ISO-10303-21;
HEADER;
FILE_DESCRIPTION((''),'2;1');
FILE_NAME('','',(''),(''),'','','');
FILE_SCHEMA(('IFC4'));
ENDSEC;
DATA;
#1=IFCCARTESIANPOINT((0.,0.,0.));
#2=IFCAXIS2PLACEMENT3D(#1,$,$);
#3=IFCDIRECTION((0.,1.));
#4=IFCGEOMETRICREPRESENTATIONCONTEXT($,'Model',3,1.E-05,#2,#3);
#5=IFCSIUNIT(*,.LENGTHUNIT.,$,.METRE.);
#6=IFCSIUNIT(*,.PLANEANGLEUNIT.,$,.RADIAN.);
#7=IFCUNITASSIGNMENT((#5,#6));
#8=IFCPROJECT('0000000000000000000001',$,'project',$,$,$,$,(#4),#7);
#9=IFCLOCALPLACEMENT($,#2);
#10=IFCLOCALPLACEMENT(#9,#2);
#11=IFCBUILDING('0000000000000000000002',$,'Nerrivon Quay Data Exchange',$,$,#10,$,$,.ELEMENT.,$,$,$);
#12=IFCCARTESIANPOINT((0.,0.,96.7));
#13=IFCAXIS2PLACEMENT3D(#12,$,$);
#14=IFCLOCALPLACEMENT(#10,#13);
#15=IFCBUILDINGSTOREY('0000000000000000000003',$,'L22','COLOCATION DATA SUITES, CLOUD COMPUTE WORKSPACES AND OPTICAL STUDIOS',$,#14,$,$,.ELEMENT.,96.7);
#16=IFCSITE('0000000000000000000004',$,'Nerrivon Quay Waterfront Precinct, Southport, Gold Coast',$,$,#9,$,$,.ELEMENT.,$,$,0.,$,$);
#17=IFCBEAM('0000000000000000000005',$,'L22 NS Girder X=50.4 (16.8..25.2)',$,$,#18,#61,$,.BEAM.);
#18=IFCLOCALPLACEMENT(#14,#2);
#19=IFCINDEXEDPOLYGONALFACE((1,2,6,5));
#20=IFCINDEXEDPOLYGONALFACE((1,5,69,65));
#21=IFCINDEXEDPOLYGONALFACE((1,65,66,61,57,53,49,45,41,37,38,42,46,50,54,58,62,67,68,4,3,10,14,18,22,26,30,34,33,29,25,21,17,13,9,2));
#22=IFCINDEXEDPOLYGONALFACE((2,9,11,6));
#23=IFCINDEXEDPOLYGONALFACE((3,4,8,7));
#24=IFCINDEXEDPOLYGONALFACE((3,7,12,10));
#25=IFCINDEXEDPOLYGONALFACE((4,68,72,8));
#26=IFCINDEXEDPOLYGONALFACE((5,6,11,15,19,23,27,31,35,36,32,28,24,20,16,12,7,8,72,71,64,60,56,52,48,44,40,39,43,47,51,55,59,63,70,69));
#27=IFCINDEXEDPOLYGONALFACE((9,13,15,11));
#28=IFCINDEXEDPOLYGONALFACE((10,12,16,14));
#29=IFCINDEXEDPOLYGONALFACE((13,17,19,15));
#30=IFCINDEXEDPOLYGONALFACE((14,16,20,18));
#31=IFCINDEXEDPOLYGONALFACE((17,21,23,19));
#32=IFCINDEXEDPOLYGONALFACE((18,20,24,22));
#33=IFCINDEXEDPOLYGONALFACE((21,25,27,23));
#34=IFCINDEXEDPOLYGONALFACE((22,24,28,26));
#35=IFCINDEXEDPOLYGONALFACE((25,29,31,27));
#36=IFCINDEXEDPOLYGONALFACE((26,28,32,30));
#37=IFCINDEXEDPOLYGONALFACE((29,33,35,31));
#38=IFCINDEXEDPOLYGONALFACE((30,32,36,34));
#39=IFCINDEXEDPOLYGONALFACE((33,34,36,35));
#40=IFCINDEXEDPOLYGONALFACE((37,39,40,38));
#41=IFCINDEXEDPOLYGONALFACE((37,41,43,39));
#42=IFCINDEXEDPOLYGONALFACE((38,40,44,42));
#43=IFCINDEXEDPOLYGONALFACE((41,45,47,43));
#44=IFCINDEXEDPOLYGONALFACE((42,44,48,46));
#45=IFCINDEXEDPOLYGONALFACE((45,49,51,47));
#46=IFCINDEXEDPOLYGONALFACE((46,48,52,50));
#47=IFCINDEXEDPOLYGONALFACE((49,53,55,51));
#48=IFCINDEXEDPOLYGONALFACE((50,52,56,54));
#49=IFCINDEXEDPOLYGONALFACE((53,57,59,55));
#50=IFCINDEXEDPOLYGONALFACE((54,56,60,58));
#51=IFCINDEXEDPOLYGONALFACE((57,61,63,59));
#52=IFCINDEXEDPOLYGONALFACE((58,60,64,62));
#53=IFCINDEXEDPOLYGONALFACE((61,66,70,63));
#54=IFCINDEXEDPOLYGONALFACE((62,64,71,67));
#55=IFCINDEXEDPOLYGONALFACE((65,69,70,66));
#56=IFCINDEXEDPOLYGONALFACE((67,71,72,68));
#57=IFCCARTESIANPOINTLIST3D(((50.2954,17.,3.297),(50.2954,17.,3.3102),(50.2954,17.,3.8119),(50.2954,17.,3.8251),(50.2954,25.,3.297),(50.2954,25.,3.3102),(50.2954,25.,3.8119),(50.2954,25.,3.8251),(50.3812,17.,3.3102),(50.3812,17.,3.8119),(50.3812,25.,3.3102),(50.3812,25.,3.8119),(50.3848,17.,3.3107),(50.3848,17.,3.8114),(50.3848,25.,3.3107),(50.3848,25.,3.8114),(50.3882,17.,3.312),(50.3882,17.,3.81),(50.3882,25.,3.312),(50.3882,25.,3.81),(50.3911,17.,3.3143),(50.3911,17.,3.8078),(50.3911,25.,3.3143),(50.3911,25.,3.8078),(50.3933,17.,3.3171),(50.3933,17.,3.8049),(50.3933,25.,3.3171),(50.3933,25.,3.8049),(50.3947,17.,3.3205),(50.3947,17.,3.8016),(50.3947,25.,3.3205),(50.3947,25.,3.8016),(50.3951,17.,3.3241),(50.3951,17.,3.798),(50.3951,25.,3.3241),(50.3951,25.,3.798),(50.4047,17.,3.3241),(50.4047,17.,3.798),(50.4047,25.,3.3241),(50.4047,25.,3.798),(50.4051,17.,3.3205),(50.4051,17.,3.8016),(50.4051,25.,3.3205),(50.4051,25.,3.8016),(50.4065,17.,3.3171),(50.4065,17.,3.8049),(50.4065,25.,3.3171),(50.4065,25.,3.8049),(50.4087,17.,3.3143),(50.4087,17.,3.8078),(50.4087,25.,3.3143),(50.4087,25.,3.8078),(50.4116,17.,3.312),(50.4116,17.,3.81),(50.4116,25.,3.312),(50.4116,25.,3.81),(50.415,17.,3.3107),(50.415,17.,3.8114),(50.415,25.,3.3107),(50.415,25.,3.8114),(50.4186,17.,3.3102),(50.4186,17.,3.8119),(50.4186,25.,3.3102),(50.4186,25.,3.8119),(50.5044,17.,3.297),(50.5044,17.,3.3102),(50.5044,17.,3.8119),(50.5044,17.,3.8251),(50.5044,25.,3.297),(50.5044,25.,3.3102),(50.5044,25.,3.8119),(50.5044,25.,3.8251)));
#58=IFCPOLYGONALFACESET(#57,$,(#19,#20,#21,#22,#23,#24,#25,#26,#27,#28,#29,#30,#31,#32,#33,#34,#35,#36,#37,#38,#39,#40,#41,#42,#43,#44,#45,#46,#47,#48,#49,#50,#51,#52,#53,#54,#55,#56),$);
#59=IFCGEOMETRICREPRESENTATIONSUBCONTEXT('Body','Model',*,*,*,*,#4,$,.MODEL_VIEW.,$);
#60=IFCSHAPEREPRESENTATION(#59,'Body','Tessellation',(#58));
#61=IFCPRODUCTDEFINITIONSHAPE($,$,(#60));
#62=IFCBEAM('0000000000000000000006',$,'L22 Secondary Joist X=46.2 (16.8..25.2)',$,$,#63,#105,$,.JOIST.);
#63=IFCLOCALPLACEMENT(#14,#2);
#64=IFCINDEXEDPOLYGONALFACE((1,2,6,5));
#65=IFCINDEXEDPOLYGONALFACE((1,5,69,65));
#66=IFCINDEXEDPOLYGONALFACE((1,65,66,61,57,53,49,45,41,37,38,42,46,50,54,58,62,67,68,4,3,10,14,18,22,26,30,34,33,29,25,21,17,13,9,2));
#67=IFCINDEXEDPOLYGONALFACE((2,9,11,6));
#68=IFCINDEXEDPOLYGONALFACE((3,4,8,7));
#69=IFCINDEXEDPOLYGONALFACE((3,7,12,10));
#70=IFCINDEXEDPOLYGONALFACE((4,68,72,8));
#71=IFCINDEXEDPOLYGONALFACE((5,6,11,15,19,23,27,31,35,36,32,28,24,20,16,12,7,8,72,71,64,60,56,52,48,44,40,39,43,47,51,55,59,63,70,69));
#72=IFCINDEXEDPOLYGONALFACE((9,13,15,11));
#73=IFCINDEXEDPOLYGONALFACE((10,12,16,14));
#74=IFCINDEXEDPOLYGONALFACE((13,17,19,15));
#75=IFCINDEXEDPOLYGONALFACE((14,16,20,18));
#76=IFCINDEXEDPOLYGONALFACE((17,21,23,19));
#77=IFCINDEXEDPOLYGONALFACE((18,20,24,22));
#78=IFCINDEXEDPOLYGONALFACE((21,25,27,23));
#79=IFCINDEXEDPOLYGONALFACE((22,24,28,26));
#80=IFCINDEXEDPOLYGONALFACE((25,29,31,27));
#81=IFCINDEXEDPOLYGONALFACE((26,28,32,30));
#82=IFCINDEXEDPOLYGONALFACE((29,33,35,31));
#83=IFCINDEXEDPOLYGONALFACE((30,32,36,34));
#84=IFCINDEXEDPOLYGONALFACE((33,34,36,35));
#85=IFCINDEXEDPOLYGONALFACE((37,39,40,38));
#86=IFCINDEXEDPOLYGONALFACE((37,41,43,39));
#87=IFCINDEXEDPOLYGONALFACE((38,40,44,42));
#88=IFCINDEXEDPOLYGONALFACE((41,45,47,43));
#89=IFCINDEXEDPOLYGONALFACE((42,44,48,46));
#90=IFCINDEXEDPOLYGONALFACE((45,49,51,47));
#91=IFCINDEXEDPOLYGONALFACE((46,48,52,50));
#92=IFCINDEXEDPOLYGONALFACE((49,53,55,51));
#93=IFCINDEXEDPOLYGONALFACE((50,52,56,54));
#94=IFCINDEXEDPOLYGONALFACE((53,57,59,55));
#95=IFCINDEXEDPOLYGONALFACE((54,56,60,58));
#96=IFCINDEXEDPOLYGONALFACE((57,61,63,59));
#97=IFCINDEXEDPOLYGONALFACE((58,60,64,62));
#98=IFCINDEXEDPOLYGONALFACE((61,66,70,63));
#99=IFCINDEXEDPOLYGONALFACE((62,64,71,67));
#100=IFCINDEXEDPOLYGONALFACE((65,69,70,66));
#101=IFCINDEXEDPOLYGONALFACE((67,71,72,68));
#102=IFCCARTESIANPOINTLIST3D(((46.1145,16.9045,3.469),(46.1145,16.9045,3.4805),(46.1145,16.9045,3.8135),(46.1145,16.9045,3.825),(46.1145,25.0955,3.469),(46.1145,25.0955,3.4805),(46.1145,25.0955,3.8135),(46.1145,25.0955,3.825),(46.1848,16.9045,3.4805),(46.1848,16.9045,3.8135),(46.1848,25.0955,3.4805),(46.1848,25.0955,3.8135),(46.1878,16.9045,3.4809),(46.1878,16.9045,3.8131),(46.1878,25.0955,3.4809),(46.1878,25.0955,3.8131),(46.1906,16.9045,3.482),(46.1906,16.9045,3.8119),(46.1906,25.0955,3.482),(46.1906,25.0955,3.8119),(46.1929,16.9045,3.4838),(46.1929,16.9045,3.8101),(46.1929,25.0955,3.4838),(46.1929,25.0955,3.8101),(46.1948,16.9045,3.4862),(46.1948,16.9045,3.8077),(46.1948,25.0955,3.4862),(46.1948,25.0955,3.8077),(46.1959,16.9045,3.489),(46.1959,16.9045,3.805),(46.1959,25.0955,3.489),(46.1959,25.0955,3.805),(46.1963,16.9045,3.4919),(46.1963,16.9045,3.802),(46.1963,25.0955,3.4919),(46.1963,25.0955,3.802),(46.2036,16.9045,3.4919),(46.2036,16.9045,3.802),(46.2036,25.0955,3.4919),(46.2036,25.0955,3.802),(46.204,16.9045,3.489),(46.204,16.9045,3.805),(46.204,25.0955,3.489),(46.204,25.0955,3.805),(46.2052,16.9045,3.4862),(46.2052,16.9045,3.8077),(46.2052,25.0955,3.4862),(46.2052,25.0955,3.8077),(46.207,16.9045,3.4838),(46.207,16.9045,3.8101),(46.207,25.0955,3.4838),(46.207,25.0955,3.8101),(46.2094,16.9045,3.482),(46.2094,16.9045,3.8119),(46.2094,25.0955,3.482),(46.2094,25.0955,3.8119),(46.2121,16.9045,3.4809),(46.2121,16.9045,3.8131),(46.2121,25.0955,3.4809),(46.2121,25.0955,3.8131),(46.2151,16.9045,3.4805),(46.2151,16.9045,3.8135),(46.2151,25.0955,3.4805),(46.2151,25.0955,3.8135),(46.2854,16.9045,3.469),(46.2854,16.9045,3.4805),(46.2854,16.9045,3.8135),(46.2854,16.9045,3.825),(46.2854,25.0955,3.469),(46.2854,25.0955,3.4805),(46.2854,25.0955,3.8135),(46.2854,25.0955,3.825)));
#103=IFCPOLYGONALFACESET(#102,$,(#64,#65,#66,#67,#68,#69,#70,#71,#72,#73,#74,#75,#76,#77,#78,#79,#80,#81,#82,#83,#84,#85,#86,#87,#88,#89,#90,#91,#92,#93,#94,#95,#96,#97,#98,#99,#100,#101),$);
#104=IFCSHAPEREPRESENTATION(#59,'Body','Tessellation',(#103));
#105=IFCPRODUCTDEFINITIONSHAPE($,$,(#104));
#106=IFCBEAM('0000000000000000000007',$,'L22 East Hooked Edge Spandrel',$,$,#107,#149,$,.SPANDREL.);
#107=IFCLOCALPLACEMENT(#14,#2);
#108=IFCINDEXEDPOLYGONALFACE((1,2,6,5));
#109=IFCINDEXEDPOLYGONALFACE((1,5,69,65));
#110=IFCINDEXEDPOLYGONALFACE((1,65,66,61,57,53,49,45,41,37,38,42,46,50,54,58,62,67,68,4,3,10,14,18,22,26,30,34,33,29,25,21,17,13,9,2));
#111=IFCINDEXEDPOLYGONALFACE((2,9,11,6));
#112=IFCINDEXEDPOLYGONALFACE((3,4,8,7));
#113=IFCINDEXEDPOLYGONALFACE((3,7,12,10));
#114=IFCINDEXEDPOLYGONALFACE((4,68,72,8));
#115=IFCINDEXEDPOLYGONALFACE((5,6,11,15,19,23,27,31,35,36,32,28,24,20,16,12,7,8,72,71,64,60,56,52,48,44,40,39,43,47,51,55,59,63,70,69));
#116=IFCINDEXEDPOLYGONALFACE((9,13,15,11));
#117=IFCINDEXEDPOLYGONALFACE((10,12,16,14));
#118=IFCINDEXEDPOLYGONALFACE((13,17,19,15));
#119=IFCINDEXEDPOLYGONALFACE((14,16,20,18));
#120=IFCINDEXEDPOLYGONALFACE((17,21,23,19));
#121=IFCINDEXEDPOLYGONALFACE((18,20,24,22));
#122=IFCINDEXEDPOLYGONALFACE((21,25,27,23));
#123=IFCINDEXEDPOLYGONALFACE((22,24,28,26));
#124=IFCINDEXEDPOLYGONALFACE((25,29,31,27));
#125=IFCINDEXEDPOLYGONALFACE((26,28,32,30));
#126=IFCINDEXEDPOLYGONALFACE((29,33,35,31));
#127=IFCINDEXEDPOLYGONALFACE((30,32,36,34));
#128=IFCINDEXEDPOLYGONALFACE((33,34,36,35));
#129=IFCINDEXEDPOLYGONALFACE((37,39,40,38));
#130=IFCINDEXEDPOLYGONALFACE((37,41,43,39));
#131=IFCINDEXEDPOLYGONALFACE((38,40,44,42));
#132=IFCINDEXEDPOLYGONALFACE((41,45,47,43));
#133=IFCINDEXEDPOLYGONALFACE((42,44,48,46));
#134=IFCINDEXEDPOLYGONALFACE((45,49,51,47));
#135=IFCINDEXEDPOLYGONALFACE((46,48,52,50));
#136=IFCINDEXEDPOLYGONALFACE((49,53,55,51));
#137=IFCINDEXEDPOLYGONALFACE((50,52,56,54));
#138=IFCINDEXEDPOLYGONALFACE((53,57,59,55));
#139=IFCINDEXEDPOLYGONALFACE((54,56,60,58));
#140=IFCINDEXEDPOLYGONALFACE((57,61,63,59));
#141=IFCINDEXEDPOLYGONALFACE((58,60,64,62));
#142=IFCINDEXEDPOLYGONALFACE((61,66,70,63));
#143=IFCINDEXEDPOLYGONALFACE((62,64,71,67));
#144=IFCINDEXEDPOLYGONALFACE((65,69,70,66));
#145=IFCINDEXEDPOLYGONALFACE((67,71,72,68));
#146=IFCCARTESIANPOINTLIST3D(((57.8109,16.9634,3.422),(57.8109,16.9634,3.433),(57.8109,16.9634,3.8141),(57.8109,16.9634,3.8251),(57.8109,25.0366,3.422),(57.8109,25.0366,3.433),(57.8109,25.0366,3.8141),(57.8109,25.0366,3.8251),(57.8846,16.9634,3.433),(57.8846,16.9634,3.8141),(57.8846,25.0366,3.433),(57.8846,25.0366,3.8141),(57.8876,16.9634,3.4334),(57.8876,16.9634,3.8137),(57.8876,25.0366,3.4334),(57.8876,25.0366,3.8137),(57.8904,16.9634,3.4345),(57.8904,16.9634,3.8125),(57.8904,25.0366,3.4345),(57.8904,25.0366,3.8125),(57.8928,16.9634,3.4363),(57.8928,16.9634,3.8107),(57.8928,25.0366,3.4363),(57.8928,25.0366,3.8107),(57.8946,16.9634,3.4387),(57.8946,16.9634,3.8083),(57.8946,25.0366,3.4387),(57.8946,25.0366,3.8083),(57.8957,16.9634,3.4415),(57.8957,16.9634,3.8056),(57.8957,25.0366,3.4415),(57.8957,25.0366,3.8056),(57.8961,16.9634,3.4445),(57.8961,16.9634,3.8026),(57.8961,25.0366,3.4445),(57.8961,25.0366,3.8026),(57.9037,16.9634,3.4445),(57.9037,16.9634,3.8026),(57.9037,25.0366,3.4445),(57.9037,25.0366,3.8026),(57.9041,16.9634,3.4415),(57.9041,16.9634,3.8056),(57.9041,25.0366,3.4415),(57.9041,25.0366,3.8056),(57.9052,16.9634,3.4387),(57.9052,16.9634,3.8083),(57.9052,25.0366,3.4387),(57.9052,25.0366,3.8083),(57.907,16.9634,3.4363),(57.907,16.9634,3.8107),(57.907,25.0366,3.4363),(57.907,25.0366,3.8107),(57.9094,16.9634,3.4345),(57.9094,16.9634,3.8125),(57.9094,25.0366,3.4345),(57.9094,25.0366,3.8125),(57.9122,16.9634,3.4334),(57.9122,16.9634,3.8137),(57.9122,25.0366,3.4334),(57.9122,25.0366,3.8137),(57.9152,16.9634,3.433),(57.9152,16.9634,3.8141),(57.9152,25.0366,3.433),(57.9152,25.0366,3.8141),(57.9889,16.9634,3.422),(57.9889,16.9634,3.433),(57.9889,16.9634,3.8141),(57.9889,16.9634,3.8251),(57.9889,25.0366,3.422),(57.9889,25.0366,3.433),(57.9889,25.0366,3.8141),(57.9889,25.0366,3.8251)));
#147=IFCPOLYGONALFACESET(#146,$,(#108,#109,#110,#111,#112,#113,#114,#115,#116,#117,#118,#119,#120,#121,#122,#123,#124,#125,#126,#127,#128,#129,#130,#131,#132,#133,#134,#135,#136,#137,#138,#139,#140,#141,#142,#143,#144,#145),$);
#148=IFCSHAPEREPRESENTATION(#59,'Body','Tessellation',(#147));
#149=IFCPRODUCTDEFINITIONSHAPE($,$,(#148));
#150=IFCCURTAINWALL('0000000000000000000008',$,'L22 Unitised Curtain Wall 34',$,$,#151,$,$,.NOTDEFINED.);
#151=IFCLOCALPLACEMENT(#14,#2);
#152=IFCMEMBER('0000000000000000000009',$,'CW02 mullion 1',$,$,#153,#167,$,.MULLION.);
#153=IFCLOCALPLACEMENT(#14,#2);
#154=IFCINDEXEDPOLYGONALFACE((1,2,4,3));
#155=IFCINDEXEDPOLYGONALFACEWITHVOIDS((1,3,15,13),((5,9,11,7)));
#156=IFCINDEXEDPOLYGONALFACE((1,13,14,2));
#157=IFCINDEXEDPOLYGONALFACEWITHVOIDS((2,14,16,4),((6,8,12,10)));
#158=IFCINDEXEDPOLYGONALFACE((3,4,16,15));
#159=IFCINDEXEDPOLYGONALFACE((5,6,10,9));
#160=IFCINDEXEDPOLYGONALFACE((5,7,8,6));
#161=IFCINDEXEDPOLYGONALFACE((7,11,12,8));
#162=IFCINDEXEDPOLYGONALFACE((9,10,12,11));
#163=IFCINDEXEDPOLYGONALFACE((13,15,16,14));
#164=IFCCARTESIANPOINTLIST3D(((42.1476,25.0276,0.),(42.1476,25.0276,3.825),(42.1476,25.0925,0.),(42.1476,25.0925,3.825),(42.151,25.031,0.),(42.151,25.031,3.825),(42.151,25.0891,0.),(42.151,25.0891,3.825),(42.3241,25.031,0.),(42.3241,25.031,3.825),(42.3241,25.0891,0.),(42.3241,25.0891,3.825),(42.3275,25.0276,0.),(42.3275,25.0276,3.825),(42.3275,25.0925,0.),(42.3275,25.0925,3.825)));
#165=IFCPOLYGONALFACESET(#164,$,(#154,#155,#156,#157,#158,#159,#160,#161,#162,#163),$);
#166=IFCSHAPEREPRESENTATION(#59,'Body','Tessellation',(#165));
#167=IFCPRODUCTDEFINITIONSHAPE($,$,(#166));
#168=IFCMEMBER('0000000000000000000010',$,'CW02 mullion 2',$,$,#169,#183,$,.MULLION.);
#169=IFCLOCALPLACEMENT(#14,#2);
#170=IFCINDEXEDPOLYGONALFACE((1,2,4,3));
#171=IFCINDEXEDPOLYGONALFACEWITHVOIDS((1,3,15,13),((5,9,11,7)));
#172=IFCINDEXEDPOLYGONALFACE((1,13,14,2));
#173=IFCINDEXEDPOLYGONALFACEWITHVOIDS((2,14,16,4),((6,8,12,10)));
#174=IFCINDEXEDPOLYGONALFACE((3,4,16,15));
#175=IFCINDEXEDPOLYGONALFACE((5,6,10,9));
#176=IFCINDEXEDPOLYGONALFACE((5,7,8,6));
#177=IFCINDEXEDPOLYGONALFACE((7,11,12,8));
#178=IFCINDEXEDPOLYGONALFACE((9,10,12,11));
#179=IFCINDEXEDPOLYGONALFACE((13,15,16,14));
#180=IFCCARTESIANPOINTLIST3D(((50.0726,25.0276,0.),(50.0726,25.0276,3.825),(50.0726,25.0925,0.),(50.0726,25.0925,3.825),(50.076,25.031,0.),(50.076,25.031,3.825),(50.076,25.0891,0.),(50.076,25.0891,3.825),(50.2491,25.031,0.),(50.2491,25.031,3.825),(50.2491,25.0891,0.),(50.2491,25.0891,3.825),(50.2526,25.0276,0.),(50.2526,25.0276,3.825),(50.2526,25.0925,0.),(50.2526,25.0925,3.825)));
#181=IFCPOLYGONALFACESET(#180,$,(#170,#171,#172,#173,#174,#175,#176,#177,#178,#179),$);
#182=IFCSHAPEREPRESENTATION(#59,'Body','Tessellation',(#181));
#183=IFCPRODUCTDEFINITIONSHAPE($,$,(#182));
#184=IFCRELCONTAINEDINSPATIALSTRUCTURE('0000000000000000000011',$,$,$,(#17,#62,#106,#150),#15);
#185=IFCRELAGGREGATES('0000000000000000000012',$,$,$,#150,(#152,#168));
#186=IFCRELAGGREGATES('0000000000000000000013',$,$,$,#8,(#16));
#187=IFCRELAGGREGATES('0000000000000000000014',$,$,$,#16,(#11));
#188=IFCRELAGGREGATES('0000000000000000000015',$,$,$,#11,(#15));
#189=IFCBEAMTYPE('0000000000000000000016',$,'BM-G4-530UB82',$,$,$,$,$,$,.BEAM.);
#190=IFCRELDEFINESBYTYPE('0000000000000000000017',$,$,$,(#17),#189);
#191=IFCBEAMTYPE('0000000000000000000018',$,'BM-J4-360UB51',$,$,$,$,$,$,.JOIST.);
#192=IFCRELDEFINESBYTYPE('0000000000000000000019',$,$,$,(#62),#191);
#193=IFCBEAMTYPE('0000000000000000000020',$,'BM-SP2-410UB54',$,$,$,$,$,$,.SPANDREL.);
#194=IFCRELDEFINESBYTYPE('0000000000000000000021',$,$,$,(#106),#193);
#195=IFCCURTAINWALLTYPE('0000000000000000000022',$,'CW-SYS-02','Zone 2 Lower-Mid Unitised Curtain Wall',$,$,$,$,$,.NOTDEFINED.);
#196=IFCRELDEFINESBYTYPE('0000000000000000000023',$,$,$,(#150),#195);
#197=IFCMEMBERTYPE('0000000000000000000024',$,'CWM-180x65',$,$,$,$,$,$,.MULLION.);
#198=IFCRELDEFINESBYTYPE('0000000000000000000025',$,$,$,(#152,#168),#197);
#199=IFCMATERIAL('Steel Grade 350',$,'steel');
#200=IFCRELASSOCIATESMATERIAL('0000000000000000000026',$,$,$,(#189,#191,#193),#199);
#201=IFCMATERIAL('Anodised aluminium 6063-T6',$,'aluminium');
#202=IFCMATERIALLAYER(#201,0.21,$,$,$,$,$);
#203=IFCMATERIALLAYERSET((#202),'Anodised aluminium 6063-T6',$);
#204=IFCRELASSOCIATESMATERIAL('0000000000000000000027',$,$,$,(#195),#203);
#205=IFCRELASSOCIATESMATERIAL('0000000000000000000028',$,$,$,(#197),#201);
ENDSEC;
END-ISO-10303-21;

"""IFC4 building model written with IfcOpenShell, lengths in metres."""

from ifc_helpers import new_model, si_unit, direction, frame, origin, origin_2d, place, context, subcontext, project, spatial, hollow_rectangle, i_section, extrude, material, layer, layer_set, material_profile, profile_set, type_object, element, aggregate, save


model = new_model("IFC4")

# Units and contexts
model_context = context("Model", 3, precision=1e-05, world=origin(), true_north=direction((0.0, 1.0)))
body_context = subcontext(model_context, "Body", "Model", "MODEL_VIEW")
ifc_project = project(units=[si_unit("LENGTHUNIT", "METRE"), si_unit("PLANEANGLEUNIT", "RADIAN")], contexts=[model_context])

# Site, building, storey
site_placement = place(None, origin())
site = spatial("IfcSite", under=ifc_project, at=site_placement, Name="Nerrivon Quay Waterfront Precinct, Southport, Gold Coast", CompositionType="ELEMENT", RefElevation=0.0)
building_placement = place(site_placement, origin())
building = spatial("IfcBuilding", under=site, at=building_placement, Name="Nerrivon Quay Data Exchange", CompositionType="ELEMENT")
storey_placement = place(building_placement, frame((0.0, 0.0, 96.7)))
storey = spatial("IfcBuildingStorey", under=building, at=storey_placement, Name="L22", Description="COLOCATION DATA SUITES, CLOUD COMPUTE WORKSPACES AND OPTICAL STUDIOS", CompositionType="ELEMENT", Elevation=96.7)

# Shared definitions
ifc_material_1 = material(Name="Steel Grade 350", Category="steel")

# Beams
ifc_material_profile_1 = material_profile(ifc_material_1, i_section(OverallWidth=0.209, OverallDepth=0.5281, WebThickness=0.0095, FlangeThickness=0.0132, FilletRadius=0.0139, at=origin_2d()), Name="530UB82.0")
ifc_profile_set_1 = profile_set([ifc_material_profile_1], Name="Steel Grade 350")
beam_type_1 = type_object("IfcBeamType", Name="BM-G4-530UB82", PredefinedType="BEAM", material=ifc_profile_set_1)
beam_1_placement = place(storey_placement, frame((50.3999, 17.0, 3.561), z_axis=(0.0, 1.0, 0.0), x_axis=(-1.0, 0.0, 0.0)))
element("IfcBeam", 1, at=beam_1_placement, inside=storey, type_object=beam_type_1, Name="L22 NS Girder X=50.4 (16.8..25.2)", PredefinedType="BEAM", context=body_context, shape_type="SweptSolid", body=[
    extrude(i_section(OverallWidth=0.209, OverallDepth=0.5281, WebThickness=0.0095, FlangeThickness=0.0132, FilletRadius=0.0139, at=origin_2d()), origin(), (0.0, 0.0, 1.0), 8.0),
])
ifc_material_profile_2 = material_profile(ifc_material_1, i_section(OverallWidth=0.1709, OverallDepth=0.356, WebThickness=0.0073, FlangeThickness=0.0115, FilletRadius=0.0115, at=origin_2d()), Name="360UB50.7")
ifc_profile_set_2 = profile_set([ifc_material_profile_2], Name="Steel Grade 350")
beam_type_2 = type_object("IfcBeamType", Name="BM-J4-360UB51", PredefinedType="JOIST", material=ifc_profile_set_2)
beam_2_placement = place(storey_placement, frame((46.2, 16.9045, 3.647), z_axis=(0.0, 1.0, 0.0), x_axis=(-1.0, 0.0, 0.0)))
element("IfcBeam", 2, at=beam_2_placement, inside=storey, type_object=beam_type_2, Name="L22 Secondary Joist X=46.2 (16.8..25.2)", PredefinedType="JOIST", context=body_context, shape_type="SweptSolid", body=[
    extrude(i_section(OverallWidth=0.1709, OverallDepth=0.356, WebThickness=0.0073, FlangeThickness=0.0115, FilletRadius=0.0115, at=origin_2d()), origin(), (0.0, 0.0, 1.0), 8.1909),
])
ifc_material_profile_3 = material_profile(ifc_material_1, i_section(OverallWidth=0.178, OverallDepth=0.4031, WebThickness=0.0076, FlangeThickness=0.011, FilletRadius=0.0115, at=origin_2d()), Name="410UB53.7")
ifc_profile_set_3 = profile_set([ifc_material_profile_3], Name="Steel Grade 350")
beam_type_3 = type_object("IfcBeamType", Name="BM-SP2-410UB54", PredefinedType="SPANDREL", material=ifc_profile_set_3)
beam_3_placement = place(storey_placement, frame((57.8999, 16.9634, 3.6235), z_axis=(0.0, 1.0, 0.0), x_axis=(-1.0, 0.0, 0.0)))
element("IfcBeam", 3, at=beam_3_placement, inside=storey, type_object=beam_type_3, Name="L22 East Hooked Edge Spandrel", PredefinedType="SPANDREL", context=body_context, shape_type="SweptSolid", body=[
    extrude(i_section(OverallWidth=0.178, OverallDepth=0.4031, WebThickness=0.0076, FlangeThickness=0.011, FilletRadius=0.0115, at=origin_2d()), origin(), (0.0, 0.0, 1.0), 8.0732),
])

# Curtain wall, members
ifc_material_2 = material(Name="Anodised aluminium 6063-T6", Category="aluminium")
ifc_layer_1 = layer(ifc_material_2, 0.21)
ifc_layer_set_1 = layer_set([ifc_layer_1], Name="Anodised aluminium 6063-T6")
curtain_wall_type_1 = type_object("IfcCurtainWallType", Name="CW-SYS-02", Description="Zone 2 Lower-Mid Unitised Curtain Wall", PredefinedType="NOTDEFINED", material=ifc_layer_set_1)
curtain_wall_1_placement = place(storey_placement, origin())
curtain_wall_1 = element("IfcCurtainWall", 4, at=curtain_wall_1_placement, inside=storey, type_object=curtain_wall_type_1, Name="L22 Unitised Curtain Wall 34", PredefinedType="NOTDEFINED")
ifc_material_profile_4 = material_profile(ifc_material_2, hollow_rectangle(XDim=0.0649, YDim=0.1799, WallThickness=0.0034, at=origin_2d()), Name="ALU-MULL-180x65")
ifc_profile_set_4 = profile_set([ifc_material_profile_4], Name="Anodised aluminium 6063-T6")
member_type_1 = type_object("IfcMemberType", Name="CWM-180x65", PredefinedType="MULLION", material=ifc_profile_set_4)
member_1_placement = place(storey_placement, frame((42.2375, 25.0601, 0.0), z_axis=(0.0, 0.0, 1.0), x_axis=(0.0, 1.0, 0.0)))
member_1 = element("IfcMember", 5, at=member_1_placement, type_object=member_type_1, Name="CW02 mullion 1", PredefinedType="MULLION", context=body_context, shape_type="SweptSolid", body=[
    extrude(hollow_rectangle(XDim=0.0649, YDim=0.1799, WallThickness=0.0034, at=origin_2d()), origin(), (0.0, 0.0, 1.0), 3.825),
])
member_2_placement = place(storey_placement, frame((50.1626, 25.0601, 0.0), z_axis=(0.0, 0.0, 1.0), x_axis=(0.0, 1.0, 0.0)))
member_2 = element("IfcMember", 6, at=member_2_placement, type_object=member_type_1, Name="CW02 mullion 2", PredefinedType="MULLION", context=body_context, shape_type="SweptSolid", body=[
    extrude(hollow_rectangle(XDim=0.0649, YDim=0.1799, WallThickness=0.0034, at=origin_2d()), origin(), (0.0, 0.0, 1.0), 3.825),
])

aggregate(curtain_wall_1, [member_1, member_2])

save(model, "model.ifc")
